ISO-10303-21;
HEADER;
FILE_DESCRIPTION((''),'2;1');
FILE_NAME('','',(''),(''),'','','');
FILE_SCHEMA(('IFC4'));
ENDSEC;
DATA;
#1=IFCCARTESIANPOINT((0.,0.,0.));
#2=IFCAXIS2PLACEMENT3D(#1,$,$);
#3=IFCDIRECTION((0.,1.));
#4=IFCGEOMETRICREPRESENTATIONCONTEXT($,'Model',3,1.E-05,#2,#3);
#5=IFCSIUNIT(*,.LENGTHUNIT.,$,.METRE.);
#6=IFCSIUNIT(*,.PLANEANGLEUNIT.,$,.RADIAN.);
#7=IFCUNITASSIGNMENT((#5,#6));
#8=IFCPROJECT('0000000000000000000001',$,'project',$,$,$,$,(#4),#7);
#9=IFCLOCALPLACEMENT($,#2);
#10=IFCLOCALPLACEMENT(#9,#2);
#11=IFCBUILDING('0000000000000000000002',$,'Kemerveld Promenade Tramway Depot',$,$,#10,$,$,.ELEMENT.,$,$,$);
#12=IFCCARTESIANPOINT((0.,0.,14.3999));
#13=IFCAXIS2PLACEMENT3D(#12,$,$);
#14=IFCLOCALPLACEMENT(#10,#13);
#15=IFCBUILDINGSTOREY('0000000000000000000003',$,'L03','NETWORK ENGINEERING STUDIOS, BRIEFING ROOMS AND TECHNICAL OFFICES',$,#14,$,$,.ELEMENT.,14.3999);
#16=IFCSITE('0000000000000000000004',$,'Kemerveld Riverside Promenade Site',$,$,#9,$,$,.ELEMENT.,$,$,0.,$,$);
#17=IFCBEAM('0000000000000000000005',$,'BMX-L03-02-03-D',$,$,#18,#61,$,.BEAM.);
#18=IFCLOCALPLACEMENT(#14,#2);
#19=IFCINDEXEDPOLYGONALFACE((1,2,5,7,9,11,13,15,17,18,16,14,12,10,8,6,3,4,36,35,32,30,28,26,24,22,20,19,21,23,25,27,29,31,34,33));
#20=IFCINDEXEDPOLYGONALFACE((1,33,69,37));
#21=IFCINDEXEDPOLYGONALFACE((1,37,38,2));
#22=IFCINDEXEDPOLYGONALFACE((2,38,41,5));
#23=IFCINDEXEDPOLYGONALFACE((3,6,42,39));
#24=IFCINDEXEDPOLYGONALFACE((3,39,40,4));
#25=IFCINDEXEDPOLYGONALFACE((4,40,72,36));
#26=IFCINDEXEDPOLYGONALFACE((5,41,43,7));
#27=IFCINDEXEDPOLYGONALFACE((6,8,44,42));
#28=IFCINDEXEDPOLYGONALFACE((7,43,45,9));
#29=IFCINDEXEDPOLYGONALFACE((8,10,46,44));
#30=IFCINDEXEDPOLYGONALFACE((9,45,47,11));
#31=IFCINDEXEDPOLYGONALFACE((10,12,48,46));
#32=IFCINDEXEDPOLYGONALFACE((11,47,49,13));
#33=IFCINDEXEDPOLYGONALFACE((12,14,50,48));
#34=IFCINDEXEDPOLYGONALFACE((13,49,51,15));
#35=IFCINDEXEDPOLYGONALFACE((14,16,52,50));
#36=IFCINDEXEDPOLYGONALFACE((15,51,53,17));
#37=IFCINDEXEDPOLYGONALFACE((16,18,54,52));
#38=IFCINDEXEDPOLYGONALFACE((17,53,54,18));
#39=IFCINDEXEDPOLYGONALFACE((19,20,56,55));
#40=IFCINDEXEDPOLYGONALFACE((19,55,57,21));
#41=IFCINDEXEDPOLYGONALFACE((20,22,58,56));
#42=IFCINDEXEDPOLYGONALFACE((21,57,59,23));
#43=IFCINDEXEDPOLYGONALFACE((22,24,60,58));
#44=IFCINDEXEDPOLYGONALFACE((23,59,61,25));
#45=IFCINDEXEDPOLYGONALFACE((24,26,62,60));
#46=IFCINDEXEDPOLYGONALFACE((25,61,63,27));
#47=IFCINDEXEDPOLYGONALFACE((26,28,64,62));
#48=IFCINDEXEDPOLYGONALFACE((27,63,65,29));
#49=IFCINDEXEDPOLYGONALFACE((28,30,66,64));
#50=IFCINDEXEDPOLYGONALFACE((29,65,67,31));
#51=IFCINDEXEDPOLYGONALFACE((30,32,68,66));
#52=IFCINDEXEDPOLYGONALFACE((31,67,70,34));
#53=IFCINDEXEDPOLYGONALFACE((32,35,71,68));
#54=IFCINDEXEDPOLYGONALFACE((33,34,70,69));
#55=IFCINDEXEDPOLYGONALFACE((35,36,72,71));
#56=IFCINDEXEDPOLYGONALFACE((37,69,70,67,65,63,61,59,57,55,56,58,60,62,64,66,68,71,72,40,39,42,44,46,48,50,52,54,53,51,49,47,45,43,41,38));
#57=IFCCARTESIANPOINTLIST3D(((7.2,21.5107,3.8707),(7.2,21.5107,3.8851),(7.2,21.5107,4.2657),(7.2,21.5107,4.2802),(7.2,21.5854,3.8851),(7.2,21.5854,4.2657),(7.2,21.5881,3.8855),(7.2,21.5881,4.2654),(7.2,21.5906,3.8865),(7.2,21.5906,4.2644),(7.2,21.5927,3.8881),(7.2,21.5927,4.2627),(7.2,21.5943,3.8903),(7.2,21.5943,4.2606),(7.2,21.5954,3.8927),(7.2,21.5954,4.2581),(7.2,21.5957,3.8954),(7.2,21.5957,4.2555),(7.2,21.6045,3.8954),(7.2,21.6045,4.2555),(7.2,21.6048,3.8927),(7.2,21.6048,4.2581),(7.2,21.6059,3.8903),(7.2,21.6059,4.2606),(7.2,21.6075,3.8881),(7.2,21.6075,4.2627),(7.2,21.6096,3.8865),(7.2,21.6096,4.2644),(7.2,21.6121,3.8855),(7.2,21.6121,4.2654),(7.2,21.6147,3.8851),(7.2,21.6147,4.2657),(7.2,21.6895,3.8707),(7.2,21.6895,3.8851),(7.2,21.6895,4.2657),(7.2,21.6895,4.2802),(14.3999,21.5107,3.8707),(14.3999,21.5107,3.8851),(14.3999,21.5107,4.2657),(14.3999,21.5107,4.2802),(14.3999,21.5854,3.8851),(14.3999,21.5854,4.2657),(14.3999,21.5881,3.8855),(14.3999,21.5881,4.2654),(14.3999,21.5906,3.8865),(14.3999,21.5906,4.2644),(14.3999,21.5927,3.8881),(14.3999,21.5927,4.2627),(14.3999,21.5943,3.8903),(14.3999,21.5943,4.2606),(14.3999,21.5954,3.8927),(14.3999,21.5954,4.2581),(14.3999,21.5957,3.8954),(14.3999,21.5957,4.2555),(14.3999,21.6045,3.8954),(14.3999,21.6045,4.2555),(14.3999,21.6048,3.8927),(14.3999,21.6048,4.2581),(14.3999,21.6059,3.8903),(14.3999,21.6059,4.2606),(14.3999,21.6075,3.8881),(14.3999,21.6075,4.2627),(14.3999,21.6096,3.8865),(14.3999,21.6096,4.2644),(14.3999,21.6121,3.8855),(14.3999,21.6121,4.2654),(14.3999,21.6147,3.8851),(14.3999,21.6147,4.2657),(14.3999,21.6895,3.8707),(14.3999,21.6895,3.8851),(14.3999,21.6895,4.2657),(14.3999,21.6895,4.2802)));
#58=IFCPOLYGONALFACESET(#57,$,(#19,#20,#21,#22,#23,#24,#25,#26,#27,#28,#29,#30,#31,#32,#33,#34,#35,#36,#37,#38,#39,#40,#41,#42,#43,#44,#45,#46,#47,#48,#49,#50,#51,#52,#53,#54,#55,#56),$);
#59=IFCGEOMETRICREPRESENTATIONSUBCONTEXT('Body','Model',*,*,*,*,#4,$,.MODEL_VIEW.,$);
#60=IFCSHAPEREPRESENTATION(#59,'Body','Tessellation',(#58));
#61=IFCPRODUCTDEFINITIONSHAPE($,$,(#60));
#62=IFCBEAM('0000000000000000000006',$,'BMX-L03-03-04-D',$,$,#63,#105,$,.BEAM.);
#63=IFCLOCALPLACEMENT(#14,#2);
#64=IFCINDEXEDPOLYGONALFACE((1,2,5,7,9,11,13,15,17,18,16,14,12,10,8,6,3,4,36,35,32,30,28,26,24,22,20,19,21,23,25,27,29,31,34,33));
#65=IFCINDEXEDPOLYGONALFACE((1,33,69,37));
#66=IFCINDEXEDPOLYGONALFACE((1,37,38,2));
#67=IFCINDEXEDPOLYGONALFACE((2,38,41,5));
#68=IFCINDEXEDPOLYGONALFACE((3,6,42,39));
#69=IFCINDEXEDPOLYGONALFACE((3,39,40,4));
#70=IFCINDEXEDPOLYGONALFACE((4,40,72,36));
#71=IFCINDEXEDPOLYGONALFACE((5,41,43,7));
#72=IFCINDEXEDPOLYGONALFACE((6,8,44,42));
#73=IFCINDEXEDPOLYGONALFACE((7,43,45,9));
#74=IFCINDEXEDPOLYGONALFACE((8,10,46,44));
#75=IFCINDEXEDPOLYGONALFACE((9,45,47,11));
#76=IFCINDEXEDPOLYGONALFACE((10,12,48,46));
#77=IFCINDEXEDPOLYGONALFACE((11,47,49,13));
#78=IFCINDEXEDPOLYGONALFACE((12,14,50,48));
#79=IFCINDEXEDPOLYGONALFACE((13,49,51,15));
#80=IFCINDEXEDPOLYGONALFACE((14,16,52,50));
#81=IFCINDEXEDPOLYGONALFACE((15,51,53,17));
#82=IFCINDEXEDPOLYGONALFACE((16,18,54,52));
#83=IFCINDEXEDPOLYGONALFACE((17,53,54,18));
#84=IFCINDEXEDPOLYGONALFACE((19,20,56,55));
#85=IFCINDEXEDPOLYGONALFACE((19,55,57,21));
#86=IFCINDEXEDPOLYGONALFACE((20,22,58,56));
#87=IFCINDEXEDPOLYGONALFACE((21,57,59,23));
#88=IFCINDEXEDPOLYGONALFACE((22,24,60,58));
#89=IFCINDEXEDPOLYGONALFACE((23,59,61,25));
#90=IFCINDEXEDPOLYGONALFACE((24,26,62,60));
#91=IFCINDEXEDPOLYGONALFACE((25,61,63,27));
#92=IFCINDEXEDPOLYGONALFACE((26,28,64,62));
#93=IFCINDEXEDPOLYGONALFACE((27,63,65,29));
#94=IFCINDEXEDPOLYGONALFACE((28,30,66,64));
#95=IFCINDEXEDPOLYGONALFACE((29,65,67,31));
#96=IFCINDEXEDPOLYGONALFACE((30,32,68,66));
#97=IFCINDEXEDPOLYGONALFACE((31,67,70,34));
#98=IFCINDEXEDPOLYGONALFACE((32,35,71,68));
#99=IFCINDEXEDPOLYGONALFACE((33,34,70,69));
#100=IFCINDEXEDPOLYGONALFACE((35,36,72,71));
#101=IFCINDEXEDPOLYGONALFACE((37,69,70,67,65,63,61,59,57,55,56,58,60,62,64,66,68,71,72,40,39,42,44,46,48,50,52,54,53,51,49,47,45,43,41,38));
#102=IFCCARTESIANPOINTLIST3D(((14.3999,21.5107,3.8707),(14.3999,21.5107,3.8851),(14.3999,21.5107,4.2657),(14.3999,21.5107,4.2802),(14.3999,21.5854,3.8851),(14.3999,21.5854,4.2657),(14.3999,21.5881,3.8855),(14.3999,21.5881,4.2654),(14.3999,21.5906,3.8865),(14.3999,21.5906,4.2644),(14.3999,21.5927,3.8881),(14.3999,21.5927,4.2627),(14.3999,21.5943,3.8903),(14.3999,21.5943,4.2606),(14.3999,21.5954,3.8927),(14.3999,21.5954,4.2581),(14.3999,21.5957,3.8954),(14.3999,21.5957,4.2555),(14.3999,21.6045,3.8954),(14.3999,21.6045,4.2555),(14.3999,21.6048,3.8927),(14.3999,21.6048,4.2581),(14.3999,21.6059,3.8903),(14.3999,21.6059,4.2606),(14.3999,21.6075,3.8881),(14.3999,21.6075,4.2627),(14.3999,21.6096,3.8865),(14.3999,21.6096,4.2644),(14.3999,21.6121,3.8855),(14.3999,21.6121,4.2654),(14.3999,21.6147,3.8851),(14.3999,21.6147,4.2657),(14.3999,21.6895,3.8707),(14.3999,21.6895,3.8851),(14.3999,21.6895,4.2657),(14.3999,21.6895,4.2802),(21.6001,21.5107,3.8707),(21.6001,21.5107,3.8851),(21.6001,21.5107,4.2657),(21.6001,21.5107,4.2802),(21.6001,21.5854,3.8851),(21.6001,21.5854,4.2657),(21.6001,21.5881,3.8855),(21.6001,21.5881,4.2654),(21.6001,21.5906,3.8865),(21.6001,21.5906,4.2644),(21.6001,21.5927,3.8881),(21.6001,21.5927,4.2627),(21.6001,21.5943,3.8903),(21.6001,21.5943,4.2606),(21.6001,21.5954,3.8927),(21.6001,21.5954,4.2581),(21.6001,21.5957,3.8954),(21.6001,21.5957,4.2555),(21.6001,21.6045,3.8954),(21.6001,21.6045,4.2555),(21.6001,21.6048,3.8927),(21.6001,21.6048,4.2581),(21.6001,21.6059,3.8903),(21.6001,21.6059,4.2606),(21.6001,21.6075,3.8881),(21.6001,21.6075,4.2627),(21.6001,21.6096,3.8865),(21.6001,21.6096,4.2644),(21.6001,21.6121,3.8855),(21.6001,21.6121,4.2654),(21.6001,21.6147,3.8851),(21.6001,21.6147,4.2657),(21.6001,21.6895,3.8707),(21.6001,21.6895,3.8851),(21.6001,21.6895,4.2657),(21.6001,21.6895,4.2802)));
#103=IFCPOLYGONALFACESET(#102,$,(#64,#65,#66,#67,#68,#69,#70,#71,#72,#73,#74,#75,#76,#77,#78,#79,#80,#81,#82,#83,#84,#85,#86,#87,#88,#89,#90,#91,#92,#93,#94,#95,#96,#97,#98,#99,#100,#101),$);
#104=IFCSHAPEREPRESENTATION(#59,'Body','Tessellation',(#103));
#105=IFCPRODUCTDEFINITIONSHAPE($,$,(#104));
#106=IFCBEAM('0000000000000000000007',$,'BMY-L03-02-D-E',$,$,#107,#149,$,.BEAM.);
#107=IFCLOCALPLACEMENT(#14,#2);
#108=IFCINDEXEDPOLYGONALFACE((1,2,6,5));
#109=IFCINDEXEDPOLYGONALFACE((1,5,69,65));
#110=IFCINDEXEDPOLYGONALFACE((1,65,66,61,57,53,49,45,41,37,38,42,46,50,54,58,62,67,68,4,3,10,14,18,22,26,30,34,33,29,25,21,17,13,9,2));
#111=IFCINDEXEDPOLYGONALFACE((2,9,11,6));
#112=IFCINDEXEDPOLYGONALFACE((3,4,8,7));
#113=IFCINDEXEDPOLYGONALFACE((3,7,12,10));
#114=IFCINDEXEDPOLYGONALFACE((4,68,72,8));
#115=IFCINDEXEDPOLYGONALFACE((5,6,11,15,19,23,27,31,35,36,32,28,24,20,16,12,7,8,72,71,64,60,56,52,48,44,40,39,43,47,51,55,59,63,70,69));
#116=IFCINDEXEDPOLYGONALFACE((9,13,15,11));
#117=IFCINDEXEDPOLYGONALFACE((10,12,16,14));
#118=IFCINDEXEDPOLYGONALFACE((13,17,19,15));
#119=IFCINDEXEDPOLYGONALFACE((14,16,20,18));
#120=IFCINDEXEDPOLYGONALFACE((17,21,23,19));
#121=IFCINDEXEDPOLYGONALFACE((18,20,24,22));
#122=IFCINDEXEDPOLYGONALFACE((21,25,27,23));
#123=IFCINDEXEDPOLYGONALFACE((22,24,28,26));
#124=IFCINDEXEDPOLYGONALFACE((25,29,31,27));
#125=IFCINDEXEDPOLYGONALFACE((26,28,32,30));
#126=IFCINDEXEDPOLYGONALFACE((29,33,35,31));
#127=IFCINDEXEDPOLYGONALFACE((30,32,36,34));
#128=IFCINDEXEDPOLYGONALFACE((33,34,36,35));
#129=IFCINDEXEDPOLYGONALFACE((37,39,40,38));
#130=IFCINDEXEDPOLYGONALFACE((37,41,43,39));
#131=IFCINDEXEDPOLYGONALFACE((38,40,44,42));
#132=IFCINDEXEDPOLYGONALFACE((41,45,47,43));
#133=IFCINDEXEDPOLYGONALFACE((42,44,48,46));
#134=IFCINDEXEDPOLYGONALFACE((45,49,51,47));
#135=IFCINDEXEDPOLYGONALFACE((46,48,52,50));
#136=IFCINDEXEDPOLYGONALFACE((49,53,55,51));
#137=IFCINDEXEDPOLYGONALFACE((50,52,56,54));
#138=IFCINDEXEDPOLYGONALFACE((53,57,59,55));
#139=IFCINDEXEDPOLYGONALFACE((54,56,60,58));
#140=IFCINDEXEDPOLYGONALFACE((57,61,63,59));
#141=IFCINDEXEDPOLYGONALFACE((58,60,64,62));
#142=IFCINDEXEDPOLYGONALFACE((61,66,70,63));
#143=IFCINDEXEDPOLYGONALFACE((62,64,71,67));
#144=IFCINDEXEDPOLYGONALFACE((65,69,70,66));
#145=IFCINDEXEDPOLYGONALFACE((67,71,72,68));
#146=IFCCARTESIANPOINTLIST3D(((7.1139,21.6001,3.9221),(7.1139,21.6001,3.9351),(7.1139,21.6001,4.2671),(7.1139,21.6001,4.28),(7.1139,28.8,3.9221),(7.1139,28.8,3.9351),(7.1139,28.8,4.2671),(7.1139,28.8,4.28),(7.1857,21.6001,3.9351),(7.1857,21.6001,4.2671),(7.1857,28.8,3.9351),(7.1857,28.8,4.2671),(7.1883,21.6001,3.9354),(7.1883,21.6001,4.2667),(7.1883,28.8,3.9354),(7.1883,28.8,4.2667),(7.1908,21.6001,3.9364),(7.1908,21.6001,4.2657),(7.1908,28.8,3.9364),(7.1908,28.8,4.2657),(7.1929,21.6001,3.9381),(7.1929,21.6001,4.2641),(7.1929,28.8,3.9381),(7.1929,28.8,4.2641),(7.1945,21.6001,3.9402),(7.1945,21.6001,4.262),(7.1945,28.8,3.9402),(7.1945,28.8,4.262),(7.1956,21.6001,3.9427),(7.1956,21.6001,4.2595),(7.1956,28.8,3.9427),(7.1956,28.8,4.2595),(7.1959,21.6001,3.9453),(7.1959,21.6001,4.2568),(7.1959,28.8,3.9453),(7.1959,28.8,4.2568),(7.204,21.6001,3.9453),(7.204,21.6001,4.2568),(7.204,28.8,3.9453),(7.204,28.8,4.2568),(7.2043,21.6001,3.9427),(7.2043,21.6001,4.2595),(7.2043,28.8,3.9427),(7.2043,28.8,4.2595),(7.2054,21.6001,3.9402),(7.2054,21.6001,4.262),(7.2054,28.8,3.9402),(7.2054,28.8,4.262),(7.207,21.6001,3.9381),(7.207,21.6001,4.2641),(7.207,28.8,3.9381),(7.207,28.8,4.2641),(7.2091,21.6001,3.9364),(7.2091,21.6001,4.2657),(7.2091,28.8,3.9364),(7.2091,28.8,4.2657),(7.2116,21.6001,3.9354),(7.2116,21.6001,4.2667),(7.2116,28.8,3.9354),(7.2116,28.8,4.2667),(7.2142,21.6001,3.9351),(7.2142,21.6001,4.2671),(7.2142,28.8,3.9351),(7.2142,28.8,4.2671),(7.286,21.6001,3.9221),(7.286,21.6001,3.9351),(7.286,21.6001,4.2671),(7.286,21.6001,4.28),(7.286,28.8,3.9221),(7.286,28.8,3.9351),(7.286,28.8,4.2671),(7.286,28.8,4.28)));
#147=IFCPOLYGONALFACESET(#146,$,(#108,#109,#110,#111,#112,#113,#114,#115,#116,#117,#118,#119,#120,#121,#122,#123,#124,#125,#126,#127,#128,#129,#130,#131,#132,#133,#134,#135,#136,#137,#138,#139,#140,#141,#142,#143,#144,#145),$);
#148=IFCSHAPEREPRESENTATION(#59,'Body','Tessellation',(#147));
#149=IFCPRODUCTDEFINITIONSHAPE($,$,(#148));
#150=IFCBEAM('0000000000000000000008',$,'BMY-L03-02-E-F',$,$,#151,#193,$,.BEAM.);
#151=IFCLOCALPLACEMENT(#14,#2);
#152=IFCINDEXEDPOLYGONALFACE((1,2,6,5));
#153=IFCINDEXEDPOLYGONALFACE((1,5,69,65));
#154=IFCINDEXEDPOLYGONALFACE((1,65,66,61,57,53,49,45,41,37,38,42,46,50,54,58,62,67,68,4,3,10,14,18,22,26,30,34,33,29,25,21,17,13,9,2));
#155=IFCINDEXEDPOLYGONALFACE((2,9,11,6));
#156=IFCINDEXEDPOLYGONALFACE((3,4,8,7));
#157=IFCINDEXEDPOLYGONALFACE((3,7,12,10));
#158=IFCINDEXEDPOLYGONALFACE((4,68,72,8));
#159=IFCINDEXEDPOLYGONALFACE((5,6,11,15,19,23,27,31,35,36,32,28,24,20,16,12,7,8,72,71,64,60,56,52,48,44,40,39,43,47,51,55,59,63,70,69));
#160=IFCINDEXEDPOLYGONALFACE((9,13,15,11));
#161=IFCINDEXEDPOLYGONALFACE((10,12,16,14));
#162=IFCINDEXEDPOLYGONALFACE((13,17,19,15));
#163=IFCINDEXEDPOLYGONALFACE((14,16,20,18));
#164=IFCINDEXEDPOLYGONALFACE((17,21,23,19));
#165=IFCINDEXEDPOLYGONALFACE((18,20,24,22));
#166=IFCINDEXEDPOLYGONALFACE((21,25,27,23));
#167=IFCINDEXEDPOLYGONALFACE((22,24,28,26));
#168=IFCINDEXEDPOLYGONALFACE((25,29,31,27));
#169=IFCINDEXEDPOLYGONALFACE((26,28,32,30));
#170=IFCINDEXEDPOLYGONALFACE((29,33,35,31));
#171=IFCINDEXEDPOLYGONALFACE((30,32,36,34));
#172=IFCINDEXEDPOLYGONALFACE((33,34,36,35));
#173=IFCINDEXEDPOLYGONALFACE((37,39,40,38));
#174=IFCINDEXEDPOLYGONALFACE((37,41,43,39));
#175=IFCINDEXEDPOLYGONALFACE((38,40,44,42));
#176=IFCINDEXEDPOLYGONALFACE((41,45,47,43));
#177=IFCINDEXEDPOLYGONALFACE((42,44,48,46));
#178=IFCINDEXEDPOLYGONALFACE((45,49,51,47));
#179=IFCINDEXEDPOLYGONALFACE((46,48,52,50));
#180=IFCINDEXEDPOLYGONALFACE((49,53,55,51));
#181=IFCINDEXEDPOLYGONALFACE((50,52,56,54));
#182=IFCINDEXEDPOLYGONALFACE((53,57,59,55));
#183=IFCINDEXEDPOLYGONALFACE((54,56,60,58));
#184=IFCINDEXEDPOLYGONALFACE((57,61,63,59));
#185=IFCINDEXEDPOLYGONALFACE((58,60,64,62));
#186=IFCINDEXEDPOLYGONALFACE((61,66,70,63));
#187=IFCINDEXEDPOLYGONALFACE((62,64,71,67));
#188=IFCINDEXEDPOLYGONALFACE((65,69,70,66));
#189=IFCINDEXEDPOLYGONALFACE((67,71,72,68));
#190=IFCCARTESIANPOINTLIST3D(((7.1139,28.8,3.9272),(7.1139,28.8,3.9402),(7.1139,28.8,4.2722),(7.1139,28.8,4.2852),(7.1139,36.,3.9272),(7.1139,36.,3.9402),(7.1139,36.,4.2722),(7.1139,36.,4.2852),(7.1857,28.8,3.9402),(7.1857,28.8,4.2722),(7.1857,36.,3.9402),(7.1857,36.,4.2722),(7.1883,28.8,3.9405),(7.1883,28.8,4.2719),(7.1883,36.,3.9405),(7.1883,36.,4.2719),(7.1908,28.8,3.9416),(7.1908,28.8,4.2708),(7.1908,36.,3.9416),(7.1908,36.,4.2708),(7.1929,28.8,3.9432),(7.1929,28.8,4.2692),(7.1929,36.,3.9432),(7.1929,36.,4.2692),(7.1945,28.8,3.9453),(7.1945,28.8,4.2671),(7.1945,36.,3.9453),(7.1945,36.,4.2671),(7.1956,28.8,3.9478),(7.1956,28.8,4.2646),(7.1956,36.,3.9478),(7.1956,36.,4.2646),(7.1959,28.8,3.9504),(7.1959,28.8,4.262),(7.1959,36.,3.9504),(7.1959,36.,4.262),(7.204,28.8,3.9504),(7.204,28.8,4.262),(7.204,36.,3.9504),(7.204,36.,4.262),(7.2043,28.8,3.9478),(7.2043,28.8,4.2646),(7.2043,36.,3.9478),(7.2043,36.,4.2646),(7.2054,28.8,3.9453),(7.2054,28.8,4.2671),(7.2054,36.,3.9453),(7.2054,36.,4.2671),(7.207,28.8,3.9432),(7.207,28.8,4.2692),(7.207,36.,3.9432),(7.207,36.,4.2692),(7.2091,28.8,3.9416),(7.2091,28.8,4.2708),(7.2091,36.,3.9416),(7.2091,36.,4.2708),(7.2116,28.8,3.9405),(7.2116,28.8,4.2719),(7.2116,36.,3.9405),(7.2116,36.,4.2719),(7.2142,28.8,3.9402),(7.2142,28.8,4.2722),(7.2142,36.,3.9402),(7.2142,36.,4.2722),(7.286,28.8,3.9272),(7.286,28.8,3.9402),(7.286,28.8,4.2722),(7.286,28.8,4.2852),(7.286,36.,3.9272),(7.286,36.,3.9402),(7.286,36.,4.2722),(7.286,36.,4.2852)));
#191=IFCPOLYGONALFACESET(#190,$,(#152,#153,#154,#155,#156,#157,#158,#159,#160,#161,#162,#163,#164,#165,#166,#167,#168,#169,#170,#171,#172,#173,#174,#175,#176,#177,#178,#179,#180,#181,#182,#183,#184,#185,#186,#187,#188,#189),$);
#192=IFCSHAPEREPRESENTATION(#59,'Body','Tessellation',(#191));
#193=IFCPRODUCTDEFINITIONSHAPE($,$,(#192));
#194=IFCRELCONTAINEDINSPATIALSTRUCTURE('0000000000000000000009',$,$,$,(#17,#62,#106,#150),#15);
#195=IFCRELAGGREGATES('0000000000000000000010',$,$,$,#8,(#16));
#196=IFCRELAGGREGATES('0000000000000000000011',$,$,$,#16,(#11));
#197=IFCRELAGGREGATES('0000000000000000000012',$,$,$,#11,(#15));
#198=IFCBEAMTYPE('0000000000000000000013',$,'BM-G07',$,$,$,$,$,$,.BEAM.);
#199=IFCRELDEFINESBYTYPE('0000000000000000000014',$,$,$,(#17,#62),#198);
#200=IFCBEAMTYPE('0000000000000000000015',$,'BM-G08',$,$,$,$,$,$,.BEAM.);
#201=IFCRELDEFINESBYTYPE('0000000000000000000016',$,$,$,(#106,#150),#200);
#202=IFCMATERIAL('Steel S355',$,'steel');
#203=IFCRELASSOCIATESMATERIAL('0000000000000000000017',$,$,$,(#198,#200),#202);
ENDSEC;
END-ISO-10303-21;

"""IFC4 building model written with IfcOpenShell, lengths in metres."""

from ifc_helpers import new_model, si_unit, direction, frame, origin, origin_2d, place, context, subcontext, project, spatial, i_section, extrude, material, material_profile, profile_set, type_object, element, save


model = new_model("IFC4")

# Units and contexts
model_context = context("Model", 3, precision=1e-05, world=origin(), true_north=direction((0.0, 1.0)))
body_context = subcontext(model_context, "Body", "Model", "MODEL_VIEW")
ifc_project = project(units=[si_unit("LENGTHUNIT", "METRE"), si_unit("PLANEANGLEUNIT", "RADIAN")], contexts=[model_context])

# Site, building, storey
site_placement = place(None, origin())
site = spatial("IfcSite", under=ifc_project, at=site_placement, Name="Kemerveld Riverside Promenade Site", CompositionType="ELEMENT", RefElevation=0.0)
building_placement = place(site_placement, origin())
building = spatial("IfcBuilding", under=site, at=building_placement, Name="Kemerveld Promenade Tramway Depot", CompositionType="ELEMENT")
storey_placement = place(building_placement, frame((0.0, 0.0, 14.3999)))
storey = spatial("IfcBuildingStorey", under=building, at=storey_placement, Name="L03", Description="NETWORK ENGINEERING STUDIOS, BRIEFING ROOMS AND TECHNICAL OFFICES", CompositionType="ELEMENT", Elevation=14.3999)

# Shared definitions
ifc_material_1 = material(Name="Steel S355", Category="steel")

# Beams
ifc_material_profile_1 = material_profile(ifc_material_1, i_section(OverallWidth=0.1787, OverallDepth=0.4094, WebThickness=0.0088, FlangeThickness=0.0144, FilletRadius=0.0103, at=origin_2d()), Name="406x178x67 UB")
ifc_profile_set_1 = profile_set([ifc_material_profile_1], Name="Steel S355")
beam_type_1 = type_object("IfcBeamType", Name="BM-G07", PredefinedType="BEAM", material=ifc_profile_set_1)
beam_1_placement = place(storey_placement, frame((7.2, 21.6001, 4.0754), z_axis=(1.0, 0.0, 0.0), x_axis=(0.0, 1.0, 0.0)))
element("IfcBeam", 1, at=beam_1_placement, inside=storey, type_object=beam_type_1, Name="BMX-L03-02-03-D", PredefinedType="BEAM", context=body_context, shape_type="SweptSolid", body=[
    extrude(i_section(OverallWidth=0.1787, OverallDepth=0.4094, WebThickness=0.0088, FlangeThickness=0.0144, FilletRadius=0.0103, at=origin_2d()), origin(), (0.0, 0.0, 1.0), 7.2),
])
beam_2_placement = place(storey_placement, frame((14.3999, 21.6001, 4.0754), z_axis=(1.0, 0.0, 0.0), x_axis=(0.0, 1.0, 0.0)))
element("IfcBeam", 2, at=beam_2_placement, inside=storey, type_object=beam_type_1, Name="BMX-L03-03-04-D", PredefinedType="BEAM", context=body_context, shape_type="SweptSolid", body=[
    extrude(i_section(OverallWidth=0.1787, OverallDepth=0.4094, WebThickness=0.0088, FlangeThickness=0.0144, FilletRadius=0.0103, at=origin_2d()), origin(), (0.0, 0.0, 1.0), 7.2002),
])
ifc_material_profile_2 = material_profile(ifc_material_1, i_section(OverallWidth=0.1721, OverallDepth=0.3579, WebThickness=0.0081, FlangeThickness=0.0129, FilletRadius=0.0103, at=origin_2d()), Name="356x171x57 UB")
ifc_profile_set_2 = profile_set([ifc_material_profile_2], Name="Steel S355")
beam_type_2 = type_object("IfcBeamType", Name="BM-G08", PredefinedType="BEAM", material=ifc_profile_set_2)
for number, where, z_axis, x_axis, name in (
    (3, (7.2, 21.6001, 4.1011), (0.0, 1.0, 0.0), (-1.0, 0.0, 0.0), "BMY-L03-02-D-E"),
    (4, (7.2, 28.8, 4.1062), (0.0, 1.0, 0.0), (-1.0, 0.0, 0.0), "BMY-L03-02-E-F"),
):
    element("IfcBeam", number, at=place(storey_placement, frame(where, z_axis=z_axis, x_axis=x_axis)), inside=storey, type_object=beam_type_2, Name=name, PredefinedType="BEAM", context=body_context, shape_type="SweptSolid", body=[
        extrude(i_section(OverallWidth=0.1721, OverallDepth=0.3579, WebThickness=0.0081, FlangeThickness=0.0129, FilletRadius=0.0103, at=origin_2d()), origin(), (0.0, 0.0, 1.0), 7.2),
    ])

save(model, "model.ifc")
